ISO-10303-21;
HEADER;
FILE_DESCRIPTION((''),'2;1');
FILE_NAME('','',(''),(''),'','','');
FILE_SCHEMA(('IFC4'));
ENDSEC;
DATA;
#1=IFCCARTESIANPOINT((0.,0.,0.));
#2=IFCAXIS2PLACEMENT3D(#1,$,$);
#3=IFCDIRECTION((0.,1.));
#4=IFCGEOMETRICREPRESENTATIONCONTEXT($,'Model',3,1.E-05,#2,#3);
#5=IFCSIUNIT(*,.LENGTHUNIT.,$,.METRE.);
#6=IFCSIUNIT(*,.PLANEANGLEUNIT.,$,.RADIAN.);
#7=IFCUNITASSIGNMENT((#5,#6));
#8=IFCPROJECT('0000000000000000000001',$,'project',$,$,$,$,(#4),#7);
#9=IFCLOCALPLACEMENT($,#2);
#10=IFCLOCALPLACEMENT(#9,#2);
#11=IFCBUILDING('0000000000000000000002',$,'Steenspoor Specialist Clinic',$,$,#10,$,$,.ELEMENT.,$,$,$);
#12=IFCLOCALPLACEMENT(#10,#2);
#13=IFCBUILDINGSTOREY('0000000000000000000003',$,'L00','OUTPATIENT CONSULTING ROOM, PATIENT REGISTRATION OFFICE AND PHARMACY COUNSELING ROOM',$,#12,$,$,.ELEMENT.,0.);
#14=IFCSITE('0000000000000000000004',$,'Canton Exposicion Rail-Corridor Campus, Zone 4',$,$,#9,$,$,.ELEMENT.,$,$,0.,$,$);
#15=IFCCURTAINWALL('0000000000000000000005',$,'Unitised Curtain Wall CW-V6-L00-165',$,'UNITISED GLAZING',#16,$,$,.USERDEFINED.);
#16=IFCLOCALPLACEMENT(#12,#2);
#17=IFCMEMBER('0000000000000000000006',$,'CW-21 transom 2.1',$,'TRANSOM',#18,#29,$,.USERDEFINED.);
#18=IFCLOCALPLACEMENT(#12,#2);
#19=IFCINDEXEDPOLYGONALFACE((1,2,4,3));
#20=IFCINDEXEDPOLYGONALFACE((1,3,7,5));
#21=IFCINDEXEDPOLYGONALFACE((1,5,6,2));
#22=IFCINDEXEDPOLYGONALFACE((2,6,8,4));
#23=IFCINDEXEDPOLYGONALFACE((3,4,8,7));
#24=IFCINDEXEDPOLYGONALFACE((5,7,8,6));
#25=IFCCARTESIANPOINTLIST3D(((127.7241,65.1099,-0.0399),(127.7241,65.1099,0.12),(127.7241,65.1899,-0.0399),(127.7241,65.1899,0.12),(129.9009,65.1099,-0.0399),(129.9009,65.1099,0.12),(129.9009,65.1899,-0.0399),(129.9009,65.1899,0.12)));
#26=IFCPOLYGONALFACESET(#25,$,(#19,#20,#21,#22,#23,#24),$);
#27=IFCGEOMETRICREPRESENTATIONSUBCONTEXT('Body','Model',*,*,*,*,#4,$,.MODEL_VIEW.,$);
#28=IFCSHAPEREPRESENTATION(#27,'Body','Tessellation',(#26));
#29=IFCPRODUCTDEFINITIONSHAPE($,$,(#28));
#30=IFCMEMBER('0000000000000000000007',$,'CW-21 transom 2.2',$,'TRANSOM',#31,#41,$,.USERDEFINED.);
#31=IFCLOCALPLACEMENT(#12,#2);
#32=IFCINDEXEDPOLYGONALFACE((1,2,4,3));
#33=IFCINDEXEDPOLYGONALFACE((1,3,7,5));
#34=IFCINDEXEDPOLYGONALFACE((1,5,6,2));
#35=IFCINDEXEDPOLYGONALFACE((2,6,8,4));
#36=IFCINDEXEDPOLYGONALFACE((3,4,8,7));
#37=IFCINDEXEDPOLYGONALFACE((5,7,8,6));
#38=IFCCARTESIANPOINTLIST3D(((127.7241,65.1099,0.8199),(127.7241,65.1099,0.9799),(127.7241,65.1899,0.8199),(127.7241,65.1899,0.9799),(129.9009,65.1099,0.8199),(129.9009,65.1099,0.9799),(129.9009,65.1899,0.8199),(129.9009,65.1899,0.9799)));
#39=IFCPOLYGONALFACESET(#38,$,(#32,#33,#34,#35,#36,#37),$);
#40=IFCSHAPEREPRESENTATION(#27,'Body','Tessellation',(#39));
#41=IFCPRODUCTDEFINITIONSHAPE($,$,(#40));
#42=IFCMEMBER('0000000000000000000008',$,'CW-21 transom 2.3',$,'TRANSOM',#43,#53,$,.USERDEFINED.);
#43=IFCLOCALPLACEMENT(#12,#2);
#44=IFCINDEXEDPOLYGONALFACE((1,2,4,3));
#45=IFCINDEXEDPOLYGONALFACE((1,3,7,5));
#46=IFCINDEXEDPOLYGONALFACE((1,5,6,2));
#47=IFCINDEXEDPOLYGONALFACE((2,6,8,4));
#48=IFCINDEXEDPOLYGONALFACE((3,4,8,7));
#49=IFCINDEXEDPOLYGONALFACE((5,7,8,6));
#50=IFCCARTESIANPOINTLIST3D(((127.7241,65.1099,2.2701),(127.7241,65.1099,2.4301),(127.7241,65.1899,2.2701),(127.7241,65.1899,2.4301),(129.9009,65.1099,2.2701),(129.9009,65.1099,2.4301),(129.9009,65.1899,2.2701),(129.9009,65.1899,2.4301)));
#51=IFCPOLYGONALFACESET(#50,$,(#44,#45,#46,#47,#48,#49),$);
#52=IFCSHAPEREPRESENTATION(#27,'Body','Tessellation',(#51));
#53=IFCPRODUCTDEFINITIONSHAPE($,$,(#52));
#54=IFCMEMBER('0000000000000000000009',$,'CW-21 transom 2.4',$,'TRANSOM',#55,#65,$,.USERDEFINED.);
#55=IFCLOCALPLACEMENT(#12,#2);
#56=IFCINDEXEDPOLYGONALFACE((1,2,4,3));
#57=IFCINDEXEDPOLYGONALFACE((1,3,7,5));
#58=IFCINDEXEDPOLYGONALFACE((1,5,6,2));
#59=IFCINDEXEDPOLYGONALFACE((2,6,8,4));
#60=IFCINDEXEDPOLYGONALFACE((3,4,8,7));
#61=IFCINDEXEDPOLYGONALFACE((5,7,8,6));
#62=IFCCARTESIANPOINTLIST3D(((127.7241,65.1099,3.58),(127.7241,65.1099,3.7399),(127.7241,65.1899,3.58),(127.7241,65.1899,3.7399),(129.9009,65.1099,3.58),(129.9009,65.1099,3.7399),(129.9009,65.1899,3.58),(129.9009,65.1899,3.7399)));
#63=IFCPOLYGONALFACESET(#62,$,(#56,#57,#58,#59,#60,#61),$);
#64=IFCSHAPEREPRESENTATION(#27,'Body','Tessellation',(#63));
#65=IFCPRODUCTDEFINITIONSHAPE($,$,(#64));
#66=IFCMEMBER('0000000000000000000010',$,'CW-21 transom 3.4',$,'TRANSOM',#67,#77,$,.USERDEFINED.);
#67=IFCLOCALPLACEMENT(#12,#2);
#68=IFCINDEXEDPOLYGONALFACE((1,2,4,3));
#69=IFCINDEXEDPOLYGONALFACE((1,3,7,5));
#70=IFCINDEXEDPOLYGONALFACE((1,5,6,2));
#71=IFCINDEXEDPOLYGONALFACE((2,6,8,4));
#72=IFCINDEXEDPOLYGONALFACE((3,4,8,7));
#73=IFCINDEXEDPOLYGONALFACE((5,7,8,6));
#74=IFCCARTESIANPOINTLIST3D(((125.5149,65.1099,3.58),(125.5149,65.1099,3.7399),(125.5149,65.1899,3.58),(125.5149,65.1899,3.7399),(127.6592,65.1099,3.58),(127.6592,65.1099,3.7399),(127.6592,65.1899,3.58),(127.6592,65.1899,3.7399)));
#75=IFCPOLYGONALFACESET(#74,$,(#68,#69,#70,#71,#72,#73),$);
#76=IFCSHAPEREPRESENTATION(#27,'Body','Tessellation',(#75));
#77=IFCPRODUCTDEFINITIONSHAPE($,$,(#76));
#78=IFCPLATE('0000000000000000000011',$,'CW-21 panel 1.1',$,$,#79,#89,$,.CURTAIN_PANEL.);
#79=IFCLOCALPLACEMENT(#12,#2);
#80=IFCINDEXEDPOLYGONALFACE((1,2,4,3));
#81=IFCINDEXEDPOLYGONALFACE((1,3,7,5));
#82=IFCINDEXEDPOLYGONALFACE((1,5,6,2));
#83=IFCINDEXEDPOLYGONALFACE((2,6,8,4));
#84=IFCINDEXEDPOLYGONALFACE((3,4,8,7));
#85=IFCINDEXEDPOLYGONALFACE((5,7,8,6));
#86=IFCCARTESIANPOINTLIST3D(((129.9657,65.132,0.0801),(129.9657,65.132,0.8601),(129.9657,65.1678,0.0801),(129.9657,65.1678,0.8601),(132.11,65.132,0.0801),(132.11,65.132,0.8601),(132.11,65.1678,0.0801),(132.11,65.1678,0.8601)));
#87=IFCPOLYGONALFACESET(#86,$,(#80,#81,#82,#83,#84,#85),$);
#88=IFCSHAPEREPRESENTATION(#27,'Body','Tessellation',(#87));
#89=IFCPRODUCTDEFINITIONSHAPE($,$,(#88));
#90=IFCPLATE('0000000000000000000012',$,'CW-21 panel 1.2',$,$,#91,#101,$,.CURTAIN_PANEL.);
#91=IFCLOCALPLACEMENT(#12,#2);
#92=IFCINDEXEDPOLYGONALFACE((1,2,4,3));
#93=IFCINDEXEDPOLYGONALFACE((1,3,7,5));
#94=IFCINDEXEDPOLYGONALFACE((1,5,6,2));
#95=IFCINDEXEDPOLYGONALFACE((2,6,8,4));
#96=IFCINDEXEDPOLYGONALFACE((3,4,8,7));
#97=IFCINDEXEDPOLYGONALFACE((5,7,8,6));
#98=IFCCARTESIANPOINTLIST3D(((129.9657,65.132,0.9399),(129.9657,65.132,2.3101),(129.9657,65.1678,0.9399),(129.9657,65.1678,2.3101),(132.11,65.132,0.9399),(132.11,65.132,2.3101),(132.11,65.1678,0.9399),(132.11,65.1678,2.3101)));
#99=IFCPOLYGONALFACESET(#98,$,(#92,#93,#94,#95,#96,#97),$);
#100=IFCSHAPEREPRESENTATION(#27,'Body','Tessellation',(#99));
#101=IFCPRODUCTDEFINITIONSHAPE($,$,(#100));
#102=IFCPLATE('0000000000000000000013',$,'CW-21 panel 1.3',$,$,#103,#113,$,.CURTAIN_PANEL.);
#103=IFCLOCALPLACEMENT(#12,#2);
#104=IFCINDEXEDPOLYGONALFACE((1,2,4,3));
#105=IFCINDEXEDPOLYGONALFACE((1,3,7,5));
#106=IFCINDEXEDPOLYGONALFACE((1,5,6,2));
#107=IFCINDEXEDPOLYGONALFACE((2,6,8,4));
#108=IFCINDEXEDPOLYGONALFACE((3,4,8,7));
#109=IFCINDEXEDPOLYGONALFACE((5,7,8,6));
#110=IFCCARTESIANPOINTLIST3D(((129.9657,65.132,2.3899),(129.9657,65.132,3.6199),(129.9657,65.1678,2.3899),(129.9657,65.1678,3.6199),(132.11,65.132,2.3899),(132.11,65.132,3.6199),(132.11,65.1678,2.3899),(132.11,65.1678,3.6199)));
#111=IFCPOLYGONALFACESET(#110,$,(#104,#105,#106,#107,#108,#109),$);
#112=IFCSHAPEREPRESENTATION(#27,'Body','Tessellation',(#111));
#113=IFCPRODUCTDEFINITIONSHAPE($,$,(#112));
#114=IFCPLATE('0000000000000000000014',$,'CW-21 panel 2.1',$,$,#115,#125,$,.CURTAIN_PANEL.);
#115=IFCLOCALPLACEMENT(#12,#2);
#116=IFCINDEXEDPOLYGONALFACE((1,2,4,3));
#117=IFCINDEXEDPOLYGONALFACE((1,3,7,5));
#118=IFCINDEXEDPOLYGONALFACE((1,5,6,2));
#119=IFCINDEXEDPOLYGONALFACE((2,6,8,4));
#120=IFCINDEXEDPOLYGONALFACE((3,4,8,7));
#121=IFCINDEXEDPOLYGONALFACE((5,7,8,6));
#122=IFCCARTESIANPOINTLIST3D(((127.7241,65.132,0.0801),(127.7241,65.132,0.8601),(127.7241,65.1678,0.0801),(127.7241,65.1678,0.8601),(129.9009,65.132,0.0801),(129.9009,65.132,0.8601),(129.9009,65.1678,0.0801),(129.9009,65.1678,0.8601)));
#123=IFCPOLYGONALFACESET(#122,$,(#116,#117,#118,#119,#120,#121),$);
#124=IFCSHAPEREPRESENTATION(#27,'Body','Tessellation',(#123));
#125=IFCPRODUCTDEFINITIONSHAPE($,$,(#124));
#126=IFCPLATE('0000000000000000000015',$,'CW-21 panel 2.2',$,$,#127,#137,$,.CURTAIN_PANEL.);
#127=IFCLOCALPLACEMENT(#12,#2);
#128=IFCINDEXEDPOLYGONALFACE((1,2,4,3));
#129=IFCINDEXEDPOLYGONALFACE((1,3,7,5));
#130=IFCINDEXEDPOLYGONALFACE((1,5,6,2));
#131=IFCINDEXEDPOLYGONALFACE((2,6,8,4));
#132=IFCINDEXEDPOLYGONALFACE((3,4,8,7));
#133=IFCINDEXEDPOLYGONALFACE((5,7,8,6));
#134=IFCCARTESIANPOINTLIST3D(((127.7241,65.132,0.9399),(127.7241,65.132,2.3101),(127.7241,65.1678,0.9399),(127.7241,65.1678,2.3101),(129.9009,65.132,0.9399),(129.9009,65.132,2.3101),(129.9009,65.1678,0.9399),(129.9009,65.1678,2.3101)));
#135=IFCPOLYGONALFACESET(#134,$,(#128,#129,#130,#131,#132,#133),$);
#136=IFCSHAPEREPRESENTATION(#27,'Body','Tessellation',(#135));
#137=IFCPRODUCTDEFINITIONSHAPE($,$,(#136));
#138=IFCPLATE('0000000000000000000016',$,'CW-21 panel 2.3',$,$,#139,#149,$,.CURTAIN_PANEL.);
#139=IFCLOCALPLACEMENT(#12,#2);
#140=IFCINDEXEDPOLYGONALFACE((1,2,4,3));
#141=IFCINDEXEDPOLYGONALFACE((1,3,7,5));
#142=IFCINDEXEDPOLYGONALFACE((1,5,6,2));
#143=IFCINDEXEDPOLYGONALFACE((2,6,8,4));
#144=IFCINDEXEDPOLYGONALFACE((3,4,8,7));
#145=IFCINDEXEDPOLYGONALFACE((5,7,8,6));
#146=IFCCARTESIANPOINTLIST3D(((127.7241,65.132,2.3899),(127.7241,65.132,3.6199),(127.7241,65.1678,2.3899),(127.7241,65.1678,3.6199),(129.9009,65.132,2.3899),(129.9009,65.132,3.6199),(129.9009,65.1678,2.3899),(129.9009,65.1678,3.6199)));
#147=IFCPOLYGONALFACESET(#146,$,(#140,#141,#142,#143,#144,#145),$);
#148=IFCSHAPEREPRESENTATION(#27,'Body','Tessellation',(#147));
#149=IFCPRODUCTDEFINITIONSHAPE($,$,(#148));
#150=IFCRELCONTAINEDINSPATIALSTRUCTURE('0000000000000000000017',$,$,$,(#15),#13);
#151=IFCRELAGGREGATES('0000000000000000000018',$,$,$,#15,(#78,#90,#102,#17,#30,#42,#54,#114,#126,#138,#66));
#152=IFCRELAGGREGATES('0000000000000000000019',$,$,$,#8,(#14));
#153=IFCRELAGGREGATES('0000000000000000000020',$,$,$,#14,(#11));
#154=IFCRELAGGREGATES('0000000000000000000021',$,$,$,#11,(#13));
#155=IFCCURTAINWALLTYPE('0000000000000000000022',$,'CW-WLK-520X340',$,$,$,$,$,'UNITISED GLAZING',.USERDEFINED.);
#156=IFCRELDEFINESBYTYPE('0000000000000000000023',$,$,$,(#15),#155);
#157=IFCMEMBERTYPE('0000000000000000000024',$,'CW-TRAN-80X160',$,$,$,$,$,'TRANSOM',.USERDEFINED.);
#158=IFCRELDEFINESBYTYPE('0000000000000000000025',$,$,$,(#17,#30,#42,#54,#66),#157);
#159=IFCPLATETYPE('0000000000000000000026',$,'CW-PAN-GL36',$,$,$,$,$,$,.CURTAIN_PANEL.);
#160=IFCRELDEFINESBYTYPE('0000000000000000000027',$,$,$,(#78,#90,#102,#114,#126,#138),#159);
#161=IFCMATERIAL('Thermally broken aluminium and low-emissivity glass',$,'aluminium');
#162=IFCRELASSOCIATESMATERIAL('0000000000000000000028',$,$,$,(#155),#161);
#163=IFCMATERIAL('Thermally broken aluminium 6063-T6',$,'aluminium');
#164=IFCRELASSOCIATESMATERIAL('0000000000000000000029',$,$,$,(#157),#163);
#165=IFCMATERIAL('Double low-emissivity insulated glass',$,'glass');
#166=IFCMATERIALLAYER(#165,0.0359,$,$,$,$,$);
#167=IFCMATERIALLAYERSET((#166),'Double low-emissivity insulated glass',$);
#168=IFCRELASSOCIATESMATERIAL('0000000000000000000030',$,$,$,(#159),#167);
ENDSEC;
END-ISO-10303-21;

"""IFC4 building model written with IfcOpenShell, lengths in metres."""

from ifc_helpers import new_model, si_unit, direction, frame, origin, origin_2d, place, context, subcontext, project, spatial, rectangle, extrude, material, layer, layer_set, material_profile, profile_set, type_object, element, aggregate, save


model = new_model("IFC4")

# Units and contexts
model_context = context("Model", 3, precision=1e-05, world=origin(), true_north=direction((0.0, 1.0)))
body_context = subcontext(model_context, "Body", "Model", "MODEL_VIEW")
ifc_project = project(units=[si_unit("LENGTHUNIT", "METRE"), si_unit("PLANEANGLEUNIT", "RADIAN")], contexts=[model_context])

# Site, building, storey
site_placement = place(None, origin())
site = spatial("IfcSite", under=ifc_project, at=site_placement, Name="Canton Exposicion Rail-Corridor Campus, Zone 4", CompositionType="ELEMENT", RefElevation=0.0)
building_placement = place(site_placement, origin())
building = spatial("IfcBuilding", under=site, at=building_placement, Name="Steenspoor Specialist Clinic", CompositionType="ELEMENT")
storey_placement = place(building_placement, origin())
storey = spatial("IfcBuildingStorey", under=building, at=storey_placement, Name="L00", Description="OUTPATIENT CONSULTING ROOM, PATIENT REGISTRATION OFFICE AND PHARMACY COUNSELING ROOM", CompositionType="ELEMENT", Elevation=0.0)

# Curtain wall, members, plates
ifc_material_1 = material(Name="Thermally broken aluminium and low-emissivity glass", Category="aluminium")
curtain_wall_type = type_object("IfcCurtainWallType", Name="CW-WLK-520X340", ElementType="UNITISED GLAZING", PredefinedType="USERDEFINED", material=ifc_material_1)
curtain_wall_placement = place(storey_placement, origin())
curtain_wall = element("IfcCurtainWall", 1, at=curtain_wall_placement, inside=storey, type_object=curtain_wall_type, Name="Unitised Curtain Wall CW-V6-L00-165", ObjectType="UNITISED GLAZING", PredefinedType="USERDEFINED")
ifc_material_2 = material(Name="Thermally broken aluminium 6063-T6", Category="aluminium")
ifc_material_profile_1 = material_profile(ifc_material_2, rectangle(XDim=0.0801, YDim=0.1599, at=origin_2d()), Name="CWT-80X160")
ifc_profile_set_1 = profile_set([ifc_material_profile_1], Name="Thermally broken aluminium 6063-T6")
member_type_1 = type_object("IfcMemberType", Name="CW-TRAN-80X160", ElementType="TRANSOM", PredefinedType="USERDEFINED", material=ifc_profile_set_1)
member_1_placement = place(storey_placement, frame((129.9009, 65.1499, 0.04), z_axis=(-1.0, 0.0, 0.0), x_axis=(0.0, -1.0, 0.0)))
member_1 = element("IfcMember", 2, at=member_1_placement, type_object=member_type_1, Name="CW-21 transom 2.1", ObjectType="TRANSOM", PredefinedType="USERDEFINED", context=body_context, shape_type="SweptSolid", body=[
    extrude(rectangle(XDim=0.0801, YDim=0.1599, at=origin_2d()), origin(), (0.0, 0.0, 1.0), 2.1768),
])
member_2_placement = place(storey_placement, frame((129.9009, 65.1499, 0.8999), z_axis=(-1.0, 0.0, 0.0), x_axis=(0.0, -1.0, 0.0)))
member_2 = element("IfcMember", 3, at=member_2_placement, type_object=member_type_1, Name="CW-21 transom 2.2", ObjectType="TRANSOM", PredefinedType="USERDEFINED", context=body_context, shape_type="SweptSolid", body=[
    extrude(rectangle(XDim=0.0801, YDim=0.1599, at=origin_2d()), origin(), (0.0, 0.0, 1.0), 2.1768),
])
member_3_placement = place(storey_placement, frame((129.9009, 65.1499, 2.3501), z_axis=(-1.0, 0.0, 0.0), x_axis=(0.0, -1.0, 0.0)))
member_3 = element("IfcMember", 4, at=member_3_placement, type_object=member_type_1, Name="CW-21 transom 2.3", ObjectType="TRANSOM", PredefinedType="USERDEFINED", context=body_context, shape_type="SweptSolid", body=[
    extrude(rectangle(XDim=0.0801, YDim=0.1599, at=origin_2d()), origin(), (0.0, 0.0, 1.0), 2.1768),
])
member_4_placement = place(storey_placement, frame((129.9009, 65.1499, 3.6599), z_axis=(-1.0, 0.0, 0.0), x_axis=(0.0, -1.0, 0.0)))
member_4 = element("IfcMember", 5, at=member_4_placement, type_object=member_type_1, Name="CW-21 transom 2.4", ObjectType="TRANSOM", PredefinedType="USERDEFINED", context=body_context, shape_type="SweptSolid", body=[
    extrude(rectangle(XDim=0.0801, YDim=0.1599, at=origin_2d()), origin(), (0.0, 0.0, 1.0), 2.1768),
])
member_5_placement = place(storey_placement, frame((127.6592, 65.1499, 3.6599), z_axis=(-1.0, 0.0, 0.0), x_axis=(0.0, -1.0, 0.0)))
member_5 = element("IfcMember", 6, at=member_5_placement, type_object=member_type_1, Name="CW-21 transom 3.4", ObjectType="TRANSOM", PredefinedType="USERDEFINED", context=body_context, shape_type="SweptSolid", body=[
    extrude(rectangle(XDim=0.0801, YDim=0.1599, at=origin_2d()), origin(), (0.0, 0.0, 1.0), 2.1443),
])
ifc_material_3 = material(Name="Double low-emissivity insulated glass", Category="glass")
ifc_layer = layer(ifc_material_3, 0.0359)
ifc_layer_set = layer_set([ifc_layer], Name="Double low-emissivity insulated glass")
plate_type = type_object("IfcPlateType", Name="CW-PAN-GL36", PredefinedType="CURTAIN_PANEL", material=ifc_layer_set)
plate_1_placement = place(storey_placement, frame((131.0378, 65.1499, 0.0801), z_axis=(0.0, 0.0, 1.0), x_axis=(-1.0, 0.0, 0.0)))
plate_1 = element("IfcPlate", 7, at=plate_1_placement, type_object=plate_type, Name="CW-21 panel 1.1", PredefinedType="CURTAIN_PANEL", context=body_context, shape_type="SweptSolid", body=[
    extrude(rectangle(XDim=2.1443, YDim=0.0359, at=origin_2d()), origin(), (0.0, 0.0, 1.0), 0.78),
])
plate_2_placement = place(storey_placement, frame((131.0378, 65.1499, 0.9399), z_axis=(0.0, 0.0, 1.0), x_axis=(-1.0, 0.0, 0.0)))
plate_2 = element("IfcPlate", 8, at=plate_2_placement, type_object=plate_type, Name="CW-21 panel 1.2", PredefinedType="CURTAIN_PANEL", context=body_context, shape_type="SweptSolid", body=[
    extrude(rectangle(XDim=2.1443, YDim=0.0359, at=origin_2d()), origin(), (0.0, 0.0, 1.0), 1.3701),
])
plate_3_placement = place(storey_placement, frame((131.0378, 65.1499, 2.3899), z_axis=(0.0, 0.0, 1.0), x_axis=(-1.0, 0.0, 0.0)))
plate_3 = element("IfcPlate", 9, at=plate_3_placement, type_object=plate_type, Name="CW-21 panel 1.3", PredefinedType="CURTAIN_PANEL", context=body_context, shape_type="SweptSolid", body=[
    extrude(rectangle(XDim=2.1443, YDim=0.0359, at=origin_2d()), origin(), (0.0, 0.0, 1.0), 1.23),
])
plate_4_placement = place(storey_placement, frame((128.8125, 65.1499, 0.0801), z_axis=(0.0, 0.0, 1.0), x_axis=(-1.0, 0.0, 0.0)))
plate_4 = element("IfcPlate", 10, at=plate_4_placement, type_object=plate_type, Name="CW-21 panel 2.1", PredefinedType="CURTAIN_PANEL", context=body_context, shape_type="SweptSolid", body=[
    extrude(rectangle(XDim=2.1768, YDim=0.0359, at=origin_2d()), origin(), (0.0, 0.0, 1.0), 0.78),
])
plate_5_placement = place(storey_placement, frame((128.8125, 65.1499, 0.9399), z_axis=(0.0, 0.0, 1.0), x_axis=(-1.0, 0.0, 0.0)))
plate_5 = element("IfcPlate", 11, at=plate_5_placement, type_object=plate_type, Name="CW-21 panel 2.2", PredefinedType="CURTAIN_PANEL", context=body_context, shape_type="SweptSolid", body=[
    extrude(rectangle(XDim=2.1768, YDim=0.0359, at=origin_2d()), origin(), (0.0, 0.0, 1.0), 1.3701),
])
plate_6_placement = place(storey_placement, frame((128.8125, 65.1499, 2.3899), z_axis=(0.0, 0.0, 1.0), x_axis=(-1.0, 0.0, 0.0)))
plate_6 = element("IfcPlate", 12, at=plate_6_placement, type_object=plate_type, Name="CW-21 panel 2.3", PredefinedType="CURTAIN_PANEL", context=body_context, shape_type="SweptSolid", body=[
    extrude(rectangle(XDim=2.1768, YDim=0.0359, at=origin_2d()), origin(), (0.0, 0.0, 1.0), 1.23),
])
aggregate(curtain_wall, [plate_1, plate_2, plate_3, member_1, member_2, member_3, member_4, plate_4, plate_5, plate_6, member_5])

save(model, "model.ifc")
